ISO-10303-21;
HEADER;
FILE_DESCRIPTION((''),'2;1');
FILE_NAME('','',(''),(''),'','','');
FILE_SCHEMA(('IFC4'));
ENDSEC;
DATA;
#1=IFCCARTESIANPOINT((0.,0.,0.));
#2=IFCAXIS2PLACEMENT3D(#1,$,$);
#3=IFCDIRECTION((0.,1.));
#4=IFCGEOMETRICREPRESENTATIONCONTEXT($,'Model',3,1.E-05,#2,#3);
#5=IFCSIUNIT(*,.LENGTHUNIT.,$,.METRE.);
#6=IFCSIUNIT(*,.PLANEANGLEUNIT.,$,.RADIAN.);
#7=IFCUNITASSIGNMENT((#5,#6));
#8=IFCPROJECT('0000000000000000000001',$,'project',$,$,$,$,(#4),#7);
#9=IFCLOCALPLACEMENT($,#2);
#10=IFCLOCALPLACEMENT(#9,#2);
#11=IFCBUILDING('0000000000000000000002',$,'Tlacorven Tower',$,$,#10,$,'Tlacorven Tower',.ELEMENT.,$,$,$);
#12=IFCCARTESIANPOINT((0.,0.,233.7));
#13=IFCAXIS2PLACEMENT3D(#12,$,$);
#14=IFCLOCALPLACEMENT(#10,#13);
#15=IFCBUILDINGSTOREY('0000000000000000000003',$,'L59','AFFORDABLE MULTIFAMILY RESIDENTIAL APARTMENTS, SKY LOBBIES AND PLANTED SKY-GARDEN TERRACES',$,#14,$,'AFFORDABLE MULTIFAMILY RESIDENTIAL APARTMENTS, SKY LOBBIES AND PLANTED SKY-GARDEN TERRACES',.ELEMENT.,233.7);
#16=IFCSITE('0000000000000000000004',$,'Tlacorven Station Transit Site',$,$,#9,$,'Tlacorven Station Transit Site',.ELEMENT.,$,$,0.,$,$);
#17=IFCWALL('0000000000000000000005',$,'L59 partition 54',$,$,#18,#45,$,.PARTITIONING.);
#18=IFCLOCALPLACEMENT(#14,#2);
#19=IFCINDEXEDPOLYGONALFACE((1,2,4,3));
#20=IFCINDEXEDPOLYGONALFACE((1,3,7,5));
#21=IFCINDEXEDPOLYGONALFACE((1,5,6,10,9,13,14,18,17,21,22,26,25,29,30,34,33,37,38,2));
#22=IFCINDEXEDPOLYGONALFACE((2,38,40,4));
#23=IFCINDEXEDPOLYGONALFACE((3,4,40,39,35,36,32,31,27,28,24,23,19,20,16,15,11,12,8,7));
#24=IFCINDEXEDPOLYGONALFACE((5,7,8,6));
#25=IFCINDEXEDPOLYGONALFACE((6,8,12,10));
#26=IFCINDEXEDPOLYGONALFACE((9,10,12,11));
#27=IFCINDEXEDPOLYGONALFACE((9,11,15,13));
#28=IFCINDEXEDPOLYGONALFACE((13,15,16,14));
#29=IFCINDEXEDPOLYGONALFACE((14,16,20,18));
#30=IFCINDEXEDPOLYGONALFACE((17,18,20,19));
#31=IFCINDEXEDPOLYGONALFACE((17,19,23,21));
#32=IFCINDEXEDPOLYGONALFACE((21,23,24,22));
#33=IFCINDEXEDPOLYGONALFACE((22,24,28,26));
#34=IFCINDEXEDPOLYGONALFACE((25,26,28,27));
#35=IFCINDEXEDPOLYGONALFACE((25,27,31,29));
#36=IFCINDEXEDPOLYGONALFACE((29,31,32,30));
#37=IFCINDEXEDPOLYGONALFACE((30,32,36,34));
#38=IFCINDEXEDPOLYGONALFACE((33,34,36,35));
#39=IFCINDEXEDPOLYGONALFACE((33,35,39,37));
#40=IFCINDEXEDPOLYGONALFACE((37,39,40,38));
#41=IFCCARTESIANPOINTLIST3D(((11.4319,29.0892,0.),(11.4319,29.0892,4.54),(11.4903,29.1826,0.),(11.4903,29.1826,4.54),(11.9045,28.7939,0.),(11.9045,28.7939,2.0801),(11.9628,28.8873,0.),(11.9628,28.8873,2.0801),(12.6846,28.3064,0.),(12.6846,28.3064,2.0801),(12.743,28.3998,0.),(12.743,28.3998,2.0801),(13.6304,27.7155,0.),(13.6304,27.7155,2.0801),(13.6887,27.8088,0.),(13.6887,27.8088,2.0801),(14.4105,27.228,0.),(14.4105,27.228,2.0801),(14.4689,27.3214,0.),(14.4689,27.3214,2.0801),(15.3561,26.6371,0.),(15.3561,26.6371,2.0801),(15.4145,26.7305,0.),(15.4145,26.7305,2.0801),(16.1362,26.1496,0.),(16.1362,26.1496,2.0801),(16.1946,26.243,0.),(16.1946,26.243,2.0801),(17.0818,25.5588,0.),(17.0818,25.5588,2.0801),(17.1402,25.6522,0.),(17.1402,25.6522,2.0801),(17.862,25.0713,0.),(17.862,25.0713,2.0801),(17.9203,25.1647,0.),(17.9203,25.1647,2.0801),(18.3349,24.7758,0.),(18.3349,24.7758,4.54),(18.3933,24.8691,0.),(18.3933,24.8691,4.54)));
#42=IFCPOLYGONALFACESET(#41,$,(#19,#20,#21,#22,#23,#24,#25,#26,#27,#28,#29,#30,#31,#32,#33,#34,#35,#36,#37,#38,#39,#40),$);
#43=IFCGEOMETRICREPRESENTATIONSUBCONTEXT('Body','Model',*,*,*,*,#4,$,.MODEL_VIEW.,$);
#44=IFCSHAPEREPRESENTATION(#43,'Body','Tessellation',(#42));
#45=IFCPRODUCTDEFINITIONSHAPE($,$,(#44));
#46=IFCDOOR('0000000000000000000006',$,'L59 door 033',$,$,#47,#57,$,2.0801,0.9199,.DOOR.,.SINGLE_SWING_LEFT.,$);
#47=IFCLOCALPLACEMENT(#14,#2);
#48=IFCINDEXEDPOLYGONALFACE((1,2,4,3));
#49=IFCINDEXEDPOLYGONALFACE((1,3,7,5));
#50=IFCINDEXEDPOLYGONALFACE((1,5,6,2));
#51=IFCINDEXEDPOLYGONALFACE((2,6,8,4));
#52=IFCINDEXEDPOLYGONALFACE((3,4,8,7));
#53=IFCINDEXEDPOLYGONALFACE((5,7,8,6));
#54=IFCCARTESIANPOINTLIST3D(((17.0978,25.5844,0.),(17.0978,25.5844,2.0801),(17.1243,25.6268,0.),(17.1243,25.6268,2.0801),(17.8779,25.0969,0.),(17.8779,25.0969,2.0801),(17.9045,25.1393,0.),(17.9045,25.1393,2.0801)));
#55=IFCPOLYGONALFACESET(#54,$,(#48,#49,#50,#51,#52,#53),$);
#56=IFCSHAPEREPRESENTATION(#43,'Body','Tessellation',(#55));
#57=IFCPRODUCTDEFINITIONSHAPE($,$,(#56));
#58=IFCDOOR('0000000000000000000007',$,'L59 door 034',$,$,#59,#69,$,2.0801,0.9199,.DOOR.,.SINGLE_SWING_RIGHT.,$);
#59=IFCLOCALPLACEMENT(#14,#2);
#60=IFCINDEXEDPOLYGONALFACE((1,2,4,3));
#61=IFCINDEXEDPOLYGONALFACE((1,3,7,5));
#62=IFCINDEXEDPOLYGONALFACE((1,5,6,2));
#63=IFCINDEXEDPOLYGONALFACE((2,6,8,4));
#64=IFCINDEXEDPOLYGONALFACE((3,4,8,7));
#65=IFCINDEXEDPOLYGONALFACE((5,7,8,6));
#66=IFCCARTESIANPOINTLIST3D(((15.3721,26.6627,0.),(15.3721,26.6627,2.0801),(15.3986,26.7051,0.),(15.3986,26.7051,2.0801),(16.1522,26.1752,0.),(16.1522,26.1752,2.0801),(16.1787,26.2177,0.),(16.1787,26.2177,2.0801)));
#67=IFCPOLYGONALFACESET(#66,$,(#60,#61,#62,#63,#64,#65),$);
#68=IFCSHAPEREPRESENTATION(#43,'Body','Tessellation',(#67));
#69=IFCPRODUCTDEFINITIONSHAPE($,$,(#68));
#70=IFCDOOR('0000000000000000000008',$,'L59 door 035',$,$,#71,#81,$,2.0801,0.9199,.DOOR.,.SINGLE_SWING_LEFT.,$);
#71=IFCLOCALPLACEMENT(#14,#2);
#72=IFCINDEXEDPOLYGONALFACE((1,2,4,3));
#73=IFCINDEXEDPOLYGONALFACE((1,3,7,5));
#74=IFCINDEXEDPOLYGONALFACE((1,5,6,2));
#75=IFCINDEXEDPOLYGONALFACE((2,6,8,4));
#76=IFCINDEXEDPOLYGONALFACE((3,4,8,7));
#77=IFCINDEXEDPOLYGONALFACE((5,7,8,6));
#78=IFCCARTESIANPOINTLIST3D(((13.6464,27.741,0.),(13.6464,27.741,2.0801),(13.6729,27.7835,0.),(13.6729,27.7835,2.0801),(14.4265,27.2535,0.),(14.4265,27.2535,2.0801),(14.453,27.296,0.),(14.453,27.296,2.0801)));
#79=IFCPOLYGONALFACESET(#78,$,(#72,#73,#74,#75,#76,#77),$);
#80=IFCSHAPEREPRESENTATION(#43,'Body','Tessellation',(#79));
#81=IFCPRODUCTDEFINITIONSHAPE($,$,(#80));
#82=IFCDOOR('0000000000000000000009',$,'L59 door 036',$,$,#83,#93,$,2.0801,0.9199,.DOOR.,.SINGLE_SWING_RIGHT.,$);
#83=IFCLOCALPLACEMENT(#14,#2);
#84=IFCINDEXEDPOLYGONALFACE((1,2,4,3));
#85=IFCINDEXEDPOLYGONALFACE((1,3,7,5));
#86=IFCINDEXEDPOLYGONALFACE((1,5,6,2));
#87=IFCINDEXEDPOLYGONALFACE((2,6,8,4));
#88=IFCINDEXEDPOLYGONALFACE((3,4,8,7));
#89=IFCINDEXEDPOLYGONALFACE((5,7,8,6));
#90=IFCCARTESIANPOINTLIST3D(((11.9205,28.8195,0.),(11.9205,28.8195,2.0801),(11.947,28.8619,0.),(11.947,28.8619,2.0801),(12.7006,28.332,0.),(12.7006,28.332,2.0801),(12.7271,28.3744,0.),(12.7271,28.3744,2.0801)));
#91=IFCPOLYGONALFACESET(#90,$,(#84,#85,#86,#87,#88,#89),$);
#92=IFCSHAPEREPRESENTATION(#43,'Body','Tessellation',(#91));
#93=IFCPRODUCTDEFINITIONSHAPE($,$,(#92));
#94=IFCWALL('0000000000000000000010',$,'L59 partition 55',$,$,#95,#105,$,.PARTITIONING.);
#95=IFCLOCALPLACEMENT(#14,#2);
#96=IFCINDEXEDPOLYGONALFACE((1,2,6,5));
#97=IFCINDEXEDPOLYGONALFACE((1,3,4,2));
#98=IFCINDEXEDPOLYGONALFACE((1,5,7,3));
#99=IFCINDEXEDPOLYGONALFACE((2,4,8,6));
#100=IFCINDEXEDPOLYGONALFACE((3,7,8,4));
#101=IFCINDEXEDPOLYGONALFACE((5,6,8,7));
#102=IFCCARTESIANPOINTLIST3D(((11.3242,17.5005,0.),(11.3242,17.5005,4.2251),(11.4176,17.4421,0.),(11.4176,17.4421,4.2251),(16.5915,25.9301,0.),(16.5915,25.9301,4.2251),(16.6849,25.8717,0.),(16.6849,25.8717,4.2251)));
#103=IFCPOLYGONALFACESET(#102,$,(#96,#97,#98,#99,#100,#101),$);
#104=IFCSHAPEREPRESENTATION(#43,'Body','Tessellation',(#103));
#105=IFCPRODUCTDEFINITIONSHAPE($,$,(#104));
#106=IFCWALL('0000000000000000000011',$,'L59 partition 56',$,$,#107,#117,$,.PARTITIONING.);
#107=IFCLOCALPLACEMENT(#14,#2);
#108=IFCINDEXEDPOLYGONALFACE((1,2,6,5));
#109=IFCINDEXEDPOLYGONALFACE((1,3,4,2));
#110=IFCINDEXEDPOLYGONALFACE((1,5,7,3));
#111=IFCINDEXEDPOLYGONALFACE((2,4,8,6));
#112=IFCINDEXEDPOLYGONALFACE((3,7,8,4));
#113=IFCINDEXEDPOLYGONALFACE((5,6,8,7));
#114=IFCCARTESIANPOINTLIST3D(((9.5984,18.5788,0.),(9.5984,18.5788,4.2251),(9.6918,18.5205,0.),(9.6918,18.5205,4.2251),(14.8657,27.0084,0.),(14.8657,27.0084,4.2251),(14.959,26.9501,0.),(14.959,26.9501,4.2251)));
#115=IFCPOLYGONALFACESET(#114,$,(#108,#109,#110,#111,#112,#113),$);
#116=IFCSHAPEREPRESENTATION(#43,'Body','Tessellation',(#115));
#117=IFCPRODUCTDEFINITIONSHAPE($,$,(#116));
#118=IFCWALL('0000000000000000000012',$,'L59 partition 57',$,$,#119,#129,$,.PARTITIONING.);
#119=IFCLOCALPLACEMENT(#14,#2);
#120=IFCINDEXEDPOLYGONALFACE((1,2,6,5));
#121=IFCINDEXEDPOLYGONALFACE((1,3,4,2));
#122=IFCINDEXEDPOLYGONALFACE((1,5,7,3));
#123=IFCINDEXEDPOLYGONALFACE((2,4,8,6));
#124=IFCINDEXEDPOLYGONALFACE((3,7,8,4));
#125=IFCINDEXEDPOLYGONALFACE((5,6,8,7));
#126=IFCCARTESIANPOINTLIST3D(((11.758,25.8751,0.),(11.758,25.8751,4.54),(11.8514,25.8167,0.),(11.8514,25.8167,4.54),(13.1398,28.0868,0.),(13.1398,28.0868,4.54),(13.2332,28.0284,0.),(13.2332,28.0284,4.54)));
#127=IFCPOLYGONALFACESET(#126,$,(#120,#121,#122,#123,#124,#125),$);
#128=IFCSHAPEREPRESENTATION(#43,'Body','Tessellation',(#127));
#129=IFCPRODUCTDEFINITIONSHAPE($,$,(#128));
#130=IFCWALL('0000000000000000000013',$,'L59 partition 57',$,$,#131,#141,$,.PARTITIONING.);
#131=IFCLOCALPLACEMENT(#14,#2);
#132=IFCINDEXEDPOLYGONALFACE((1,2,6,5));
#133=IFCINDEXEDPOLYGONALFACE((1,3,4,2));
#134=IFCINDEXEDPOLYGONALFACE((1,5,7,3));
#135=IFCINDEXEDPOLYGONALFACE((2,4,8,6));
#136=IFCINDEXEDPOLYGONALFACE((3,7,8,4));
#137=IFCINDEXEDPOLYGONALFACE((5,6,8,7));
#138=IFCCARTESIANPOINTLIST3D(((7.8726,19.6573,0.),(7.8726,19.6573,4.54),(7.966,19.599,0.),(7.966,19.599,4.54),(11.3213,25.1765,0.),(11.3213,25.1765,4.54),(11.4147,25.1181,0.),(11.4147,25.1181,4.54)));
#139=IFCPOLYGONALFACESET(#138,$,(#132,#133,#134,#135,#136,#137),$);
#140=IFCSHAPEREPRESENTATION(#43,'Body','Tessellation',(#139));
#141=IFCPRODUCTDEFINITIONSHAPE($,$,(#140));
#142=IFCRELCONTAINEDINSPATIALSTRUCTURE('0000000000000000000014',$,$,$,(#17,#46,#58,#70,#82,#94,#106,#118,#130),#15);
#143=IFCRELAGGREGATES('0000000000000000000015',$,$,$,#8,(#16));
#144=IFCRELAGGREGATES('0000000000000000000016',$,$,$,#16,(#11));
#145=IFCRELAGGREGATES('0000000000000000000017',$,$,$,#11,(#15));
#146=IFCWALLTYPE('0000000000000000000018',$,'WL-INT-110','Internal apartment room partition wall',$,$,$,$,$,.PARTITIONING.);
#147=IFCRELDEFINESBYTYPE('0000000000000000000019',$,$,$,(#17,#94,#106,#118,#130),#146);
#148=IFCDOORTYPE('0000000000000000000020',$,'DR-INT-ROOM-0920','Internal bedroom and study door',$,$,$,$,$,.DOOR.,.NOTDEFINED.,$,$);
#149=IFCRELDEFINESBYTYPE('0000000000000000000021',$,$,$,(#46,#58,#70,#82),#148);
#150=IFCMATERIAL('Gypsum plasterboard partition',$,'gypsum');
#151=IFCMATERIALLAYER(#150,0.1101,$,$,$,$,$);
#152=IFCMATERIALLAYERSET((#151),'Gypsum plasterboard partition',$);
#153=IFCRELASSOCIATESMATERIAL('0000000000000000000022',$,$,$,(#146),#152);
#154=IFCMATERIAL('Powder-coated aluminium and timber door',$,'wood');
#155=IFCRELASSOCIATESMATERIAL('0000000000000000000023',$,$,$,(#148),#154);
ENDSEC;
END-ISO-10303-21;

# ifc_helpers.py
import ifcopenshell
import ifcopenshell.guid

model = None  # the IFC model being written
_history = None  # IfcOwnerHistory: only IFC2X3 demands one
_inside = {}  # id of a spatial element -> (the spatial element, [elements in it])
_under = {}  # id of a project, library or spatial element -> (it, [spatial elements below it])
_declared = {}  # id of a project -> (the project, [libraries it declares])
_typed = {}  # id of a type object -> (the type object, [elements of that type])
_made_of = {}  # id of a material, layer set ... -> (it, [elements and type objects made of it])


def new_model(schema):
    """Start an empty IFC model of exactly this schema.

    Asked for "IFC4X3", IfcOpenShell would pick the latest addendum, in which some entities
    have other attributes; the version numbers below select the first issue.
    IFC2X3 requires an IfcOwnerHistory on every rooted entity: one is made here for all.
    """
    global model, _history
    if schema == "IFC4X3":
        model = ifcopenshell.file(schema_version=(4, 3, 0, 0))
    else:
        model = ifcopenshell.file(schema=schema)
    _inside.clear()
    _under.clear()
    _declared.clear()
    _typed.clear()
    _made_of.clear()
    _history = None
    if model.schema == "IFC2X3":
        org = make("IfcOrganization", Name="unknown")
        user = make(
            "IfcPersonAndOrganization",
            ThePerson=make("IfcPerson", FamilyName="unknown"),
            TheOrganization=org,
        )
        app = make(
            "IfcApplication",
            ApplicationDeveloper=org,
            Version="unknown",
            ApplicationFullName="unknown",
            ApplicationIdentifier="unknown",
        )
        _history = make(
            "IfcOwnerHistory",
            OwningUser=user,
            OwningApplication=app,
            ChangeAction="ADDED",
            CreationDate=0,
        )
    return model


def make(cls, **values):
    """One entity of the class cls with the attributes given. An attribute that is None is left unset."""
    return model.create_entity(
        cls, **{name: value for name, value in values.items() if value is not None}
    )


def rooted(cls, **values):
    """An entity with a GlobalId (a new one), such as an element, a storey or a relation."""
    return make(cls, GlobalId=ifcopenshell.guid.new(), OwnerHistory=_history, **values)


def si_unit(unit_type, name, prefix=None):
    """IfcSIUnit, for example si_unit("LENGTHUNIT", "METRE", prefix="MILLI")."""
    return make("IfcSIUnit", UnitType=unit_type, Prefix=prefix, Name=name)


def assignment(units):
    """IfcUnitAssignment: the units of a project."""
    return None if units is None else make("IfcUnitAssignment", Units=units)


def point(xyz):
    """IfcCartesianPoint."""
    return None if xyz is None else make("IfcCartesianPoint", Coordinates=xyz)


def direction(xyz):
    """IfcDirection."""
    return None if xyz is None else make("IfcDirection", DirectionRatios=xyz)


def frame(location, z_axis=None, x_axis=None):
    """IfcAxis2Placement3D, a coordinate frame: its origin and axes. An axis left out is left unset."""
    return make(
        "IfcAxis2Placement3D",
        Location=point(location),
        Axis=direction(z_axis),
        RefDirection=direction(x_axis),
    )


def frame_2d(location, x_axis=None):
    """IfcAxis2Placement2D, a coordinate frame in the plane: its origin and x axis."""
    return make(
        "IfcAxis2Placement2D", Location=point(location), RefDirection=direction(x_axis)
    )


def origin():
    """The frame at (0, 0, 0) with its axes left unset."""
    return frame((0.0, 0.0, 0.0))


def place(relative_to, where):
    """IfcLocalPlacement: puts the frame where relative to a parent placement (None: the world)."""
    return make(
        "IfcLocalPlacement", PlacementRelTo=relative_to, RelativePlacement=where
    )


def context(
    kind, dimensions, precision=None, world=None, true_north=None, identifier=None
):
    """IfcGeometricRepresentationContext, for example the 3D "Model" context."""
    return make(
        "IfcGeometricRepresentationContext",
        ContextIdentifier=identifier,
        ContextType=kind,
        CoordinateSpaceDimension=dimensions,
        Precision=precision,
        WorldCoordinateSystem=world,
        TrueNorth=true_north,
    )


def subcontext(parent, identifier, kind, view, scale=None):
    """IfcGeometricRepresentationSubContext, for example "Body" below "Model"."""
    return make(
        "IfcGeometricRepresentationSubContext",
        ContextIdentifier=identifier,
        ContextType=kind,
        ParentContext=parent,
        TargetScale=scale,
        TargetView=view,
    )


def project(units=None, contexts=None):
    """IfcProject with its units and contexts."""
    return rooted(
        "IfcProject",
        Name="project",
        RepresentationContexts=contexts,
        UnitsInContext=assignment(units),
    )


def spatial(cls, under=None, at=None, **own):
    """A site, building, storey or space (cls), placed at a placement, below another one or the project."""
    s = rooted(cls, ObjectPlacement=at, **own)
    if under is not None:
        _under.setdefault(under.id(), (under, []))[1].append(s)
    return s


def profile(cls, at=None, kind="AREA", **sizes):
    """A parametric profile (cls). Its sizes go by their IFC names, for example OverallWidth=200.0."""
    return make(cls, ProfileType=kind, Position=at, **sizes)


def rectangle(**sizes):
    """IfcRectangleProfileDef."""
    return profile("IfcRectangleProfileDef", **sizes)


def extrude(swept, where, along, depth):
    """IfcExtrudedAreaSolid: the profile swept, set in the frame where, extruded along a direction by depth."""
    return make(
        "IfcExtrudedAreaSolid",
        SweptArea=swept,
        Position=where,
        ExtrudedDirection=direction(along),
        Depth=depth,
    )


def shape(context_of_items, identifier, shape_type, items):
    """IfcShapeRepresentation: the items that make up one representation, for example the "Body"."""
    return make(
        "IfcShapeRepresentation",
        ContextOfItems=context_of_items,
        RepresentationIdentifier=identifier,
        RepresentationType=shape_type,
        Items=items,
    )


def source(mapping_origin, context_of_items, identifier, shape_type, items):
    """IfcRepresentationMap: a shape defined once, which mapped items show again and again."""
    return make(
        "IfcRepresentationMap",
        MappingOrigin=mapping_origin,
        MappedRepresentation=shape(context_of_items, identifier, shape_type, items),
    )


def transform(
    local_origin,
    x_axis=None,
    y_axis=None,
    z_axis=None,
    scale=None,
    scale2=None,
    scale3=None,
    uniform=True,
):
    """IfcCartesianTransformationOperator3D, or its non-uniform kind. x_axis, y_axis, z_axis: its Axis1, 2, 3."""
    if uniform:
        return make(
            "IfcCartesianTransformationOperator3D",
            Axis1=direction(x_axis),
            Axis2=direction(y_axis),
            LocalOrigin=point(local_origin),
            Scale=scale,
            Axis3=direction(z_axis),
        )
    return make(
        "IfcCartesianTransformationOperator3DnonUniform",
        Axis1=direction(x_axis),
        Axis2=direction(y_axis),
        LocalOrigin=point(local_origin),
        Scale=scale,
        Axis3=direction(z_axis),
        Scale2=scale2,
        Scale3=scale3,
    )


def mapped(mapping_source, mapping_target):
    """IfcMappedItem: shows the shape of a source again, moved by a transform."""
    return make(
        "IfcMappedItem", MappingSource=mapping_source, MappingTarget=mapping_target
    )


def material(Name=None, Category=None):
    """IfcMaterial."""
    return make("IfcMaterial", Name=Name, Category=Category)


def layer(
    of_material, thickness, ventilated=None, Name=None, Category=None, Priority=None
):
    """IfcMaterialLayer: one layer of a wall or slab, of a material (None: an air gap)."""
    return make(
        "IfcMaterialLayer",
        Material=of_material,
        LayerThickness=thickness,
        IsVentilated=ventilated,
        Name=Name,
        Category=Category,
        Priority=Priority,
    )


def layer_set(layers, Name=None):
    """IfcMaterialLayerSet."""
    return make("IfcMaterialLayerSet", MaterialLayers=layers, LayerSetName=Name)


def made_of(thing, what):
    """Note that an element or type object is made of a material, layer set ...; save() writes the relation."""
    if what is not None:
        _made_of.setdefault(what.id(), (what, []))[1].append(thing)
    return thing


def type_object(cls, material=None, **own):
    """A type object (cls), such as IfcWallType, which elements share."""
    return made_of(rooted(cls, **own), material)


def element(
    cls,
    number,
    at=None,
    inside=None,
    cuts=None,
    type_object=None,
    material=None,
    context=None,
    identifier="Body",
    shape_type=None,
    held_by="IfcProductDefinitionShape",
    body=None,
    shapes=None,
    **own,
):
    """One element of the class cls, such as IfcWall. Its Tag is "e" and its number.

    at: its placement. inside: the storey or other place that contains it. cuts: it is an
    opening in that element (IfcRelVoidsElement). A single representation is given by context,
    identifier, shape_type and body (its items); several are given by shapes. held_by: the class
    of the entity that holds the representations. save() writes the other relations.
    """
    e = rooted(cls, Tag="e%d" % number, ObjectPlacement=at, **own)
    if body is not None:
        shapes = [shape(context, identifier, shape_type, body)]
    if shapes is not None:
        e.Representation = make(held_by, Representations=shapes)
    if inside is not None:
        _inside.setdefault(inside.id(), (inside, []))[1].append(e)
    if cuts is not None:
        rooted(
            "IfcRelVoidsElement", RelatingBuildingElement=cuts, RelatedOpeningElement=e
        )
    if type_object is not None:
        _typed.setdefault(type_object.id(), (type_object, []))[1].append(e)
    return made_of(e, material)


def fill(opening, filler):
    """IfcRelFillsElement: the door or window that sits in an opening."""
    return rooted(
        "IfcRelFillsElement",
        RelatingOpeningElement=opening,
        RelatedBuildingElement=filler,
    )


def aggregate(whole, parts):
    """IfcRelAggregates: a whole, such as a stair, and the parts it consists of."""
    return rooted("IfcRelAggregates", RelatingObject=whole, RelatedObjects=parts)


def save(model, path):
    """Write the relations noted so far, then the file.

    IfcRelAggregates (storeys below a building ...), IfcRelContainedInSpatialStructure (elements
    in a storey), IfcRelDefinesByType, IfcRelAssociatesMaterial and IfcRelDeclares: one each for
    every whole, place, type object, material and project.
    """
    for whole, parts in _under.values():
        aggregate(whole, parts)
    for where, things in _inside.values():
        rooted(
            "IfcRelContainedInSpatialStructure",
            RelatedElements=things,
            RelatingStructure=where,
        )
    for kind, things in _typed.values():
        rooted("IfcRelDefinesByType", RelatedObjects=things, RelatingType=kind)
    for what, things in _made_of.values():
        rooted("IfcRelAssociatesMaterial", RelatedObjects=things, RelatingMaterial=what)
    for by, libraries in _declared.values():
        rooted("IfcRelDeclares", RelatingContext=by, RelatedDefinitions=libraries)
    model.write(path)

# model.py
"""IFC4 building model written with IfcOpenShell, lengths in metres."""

from ifc_helpers import new_model, si_unit, direction, frame, frame_2d, origin, place, context, subcontext, project, spatial, rectangle, extrude, source, transform, mapped, material, layer, layer_set, type_object, element, fill, save


model = new_model("IFC4")

# Units and contexts
model_context = context("Model", 3, precision=1e-05, world=origin(), true_north=direction((0.0, 1.0)))
body_context = subcontext(model_context, "Body", "Model", "MODEL_VIEW")
ifc_project = project(units=[si_unit("LENGTHUNIT", "METRE"), si_unit("PLANEANGLEUNIT", "RADIAN")], contexts=[model_context])

# Site, building, storey
site_placement = place(None, origin())
site = spatial("IfcSite", under=ifc_project, at=site_placement, Name="Tlacorven Station Transit Site", LongName="Tlacorven Station Transit Site", CompositionType="ELEMENT", RefElevation=0.0)
building_placement = place(site_placement, origin())
building = spatial("IfcBuilding", under=site, at=building_placement, Name="Tlacorven Tower", LongName="Tlacorven Tower", CompositionType="ELEMENT")
storey_placement = place(building_placement, frame((0.0, 0.0, 233.7)))
storey = spatial("IfcBuildingStorey", under=building, at=storey_placement, Name="L59", Description="AFFORDABLE MULTIFAMILY RESIDENTIAL APARTMENTS, SKY LOBBIES AND PLANTED SKY-GARDEN TERRACES", LongName="AFFORDABLE MULTIFAMILY RESIDENTIAL APARTMENTS, SKY LOBBIES AND PLANTED SKY-GARDEN TERRACES", CompositionType="ELEMENT", Elevation=233.7)

# Wall, openings, doors
ifc_material_1 = material(Name="Gypsum plasterboard partition", Category="gypsum")
ifc_layer_1 = layer(ifc_material_1, 0.1101)
ifc_layer_set_1 = layer_set([ifc_layer_1], Name="Gypsum plasterboard partition")
wall_type_1 = type_object("IfcWallType", Name="WL-INT-110", Description="Internal apartment room partition wall", PredefinedType="PARTITIONING", material=ifc_layer_set_1)
wall_1_placement = place(storey_placement, frame((18.364, 24.8225, 0.0), z_axis=(0.0, 0.0, 1.0), x_axis=(-0.848051, 0.529915, 0.0)))
wall_1 = element("IfcWall", 1, at=wall_1_placement, inside=storey, type_object=wall_type_1, Name="L59 partition 54", PredefinedType="PARTITIONING", context=body_context, shape_type="SweptSolid", body=[
    extrude(rectangle(XDim=8.1399, YDim=0.1101, at=frame_2d((4.0698, 0.0))), origin(), (0.0, 0.0, 1.0), 4.54),
])
opening_1_placement = place(wall_1_placement, frame((0.5576, 0.0, 0.0)))
opening_1 = element("IfcOpeningElement", 2, at=opening_1_placement, cuts=wall_1, PredefinedType="OPENING", context=body_context, shape_type="SweptSolid", body=[
    extrude(rectangle(XDim=0.9199, YDim=2.0801, at=frame_2d((0.46, 1.04))), frame((0.0, 0.0649, 0.0), z_axis=(0.0, -1.0, 0.0), x_axis=(1.0, 0.0, 0.0)), (0.0, 0.0, 1.0), 0.1301),
])
opening_2_placement = place(wall_1_placement, frame((2.5925, 0.0, 0.0)))
opening_2 = element("IfcOpeningElement", 3, at=opening_2_placement, cuts=wall_1, PredefinedType="OPENING", context=body_context, shape_type="SweptSolid", body=[
    extrude(rectangle(XDim=0.9199, YDim=2.0801, at=frame_2d((0.46, 1.04))), frame((0.0, 0.0649, 0.0), z_axis=(0.0, -1.0, 0.0), x_axis=(1.0, 0.0, 0.0)), (0.0, 0.0, 1.0), 0.1301),
])
opening_3_placement = place(wall_1_placement, frame((4.6274, 0.0, 0.0)))
opening_3 = element("IfcOpeningElement", 4, at=opening_3_placement, cuts=wall_1, PredefinedType="OPENING", context=body_context, shape_type="SweptSolid", body=[
    extrude(rectangle(XDim=0.9199, YDim=2.0801, at=frame_2d((0.46, 1.04))), frame((0.0, 0.0649, 0.0), z_axis=(0.0, -1.0, 0.0), x_axis=(1.0, 0.0, 0.0)), (0.0, 0.0, 1.0), 0.1301),
])
opening_4_placement = place(wall_1_placement, frame((6.6626, 0.0, 0.0)))
opening_4 = element("IfcOpeningElement", 5, at=opening_4_placement, cuts=wall_1, PredefinedType="OPENING", context=body_context, shape_type="SweptSolid", body=[
    extrude(rectangle(XDim=0.9199, YDim=2.0801, at=frame_2d((0.46, 1.04))), frame((0.0, 0.0649, 0.0), z_axis=(0.0, -1.0, 0.0), x_axis=(1.0, 0.0, 0.0)), (0.0, 0.0, 1.0), 0.1301),
])
ifc_material_2 = material(Name="Powder-coated aluminium and timber door", Category="wood")
door_type_1 = type_object("IfcDoorType", Name="DR-INT-ROOM-0920", Description="Internal bedroom and study door", OperationType="NOTDEFINED", PredefinedType="DOOR", material=ifc_material_2)
shared_shape_1 = source(origin(), body_context, "Body", "SweptSolid", [
    extrude(rectangle(XDim=0.9199, YDim=2.0801, at=frame_2d((0.46, 1.04))), frame((0.0, 0.0249, 0.0), z_axis=(0.0, -1.0, 0.0), x_axis=(1.0, 0.0, 0.0)), (0.0, 0.0, 1.0), 0.05),
])
door_1_placement = place(opening_1_placement, origin())
door_1 = element("IfcDoor", 6, at=door_1_placement, inside=storey, type_object=door_type_1, Name="L59 door 033", OperationType="SINGLE_SWING_LEFT", OverallHeight=2.0801, OverallWidth=0.9199, PredefinedType="DOOR", context=body_context, shape_type="MappedRepresentation", body=[
    mapped(shared_shape_1, transform((0.0, 0.0, 0.0), scale=1.0)),
])
fill(opening_1, door_1)
door_2_placement = place(opening_2_placement, origin())
door_2 = element("IfcDoor", 7, at=door_2_placement, inside=storey, type_object=door_type_1, Name="L59 door 034", OperationType="SINGLE_SWING_RIGHT", OverallHeight=2.0801, OverallWidth=0.9199, PredefinedType="DOOR", context=body_context, shape_type="MappedRepresentation", body=[
    mapped(shared_shape_1, transform((0.0, 0.0, 0.0), scale=1.0)),
])
fill(opening_2, door_2)
door_3_placement = place(opening_3_placement, origin())
door_3 = element("IfcDoor", 8, at=door_3_placement, inside=storey, type_object=door_type_1, Name="L59 door 035", OperationType="SINGLE_SWING_LEFT", OverallHeight=2.0801, OverallWidth=0.9199, PredefinedType="DOOR", context=body_context, shape_type="MappedRepresentation", body=[
    mapped(shared_shape_1, transform((0.0, 0.0, 0.0), scale=1.0)),
])
fill(opening_3, door_3)
door_4_placement = place(opening_4_placement, origin())
door_4 = element("IfcDoor", 9, at=door_4_placement, inside=storey, type_object=door_type_1, Name="L59 door 036", OperationType="SINGLE_SWING_RIGHT", OverallHeight=2.0801, OverallWidth=0.9199, PredefinedType="DOOR", context=body_context, shape_type="MappedRepresentation", body=[
    mapped(shared_shape_1, transform((0.0, 0.0, 0.0), scale=1.0)),
])
fill(opening_4, door_4)

# Walls
for number, where, z_axis, x_axis, name in (
    (10, (16.6382, 25.9009, 0.0), (0.0, 0.0, 1.0), (-0.529911, -0.848053, 0.0), "L59 partition 55"),
    (11, (14.9124, 26.9792, 0.0), (0.0, 0.0, 1.0), (-0.529911, -0.848053, 0.0), "L59 partition 56"),
):
    element("IfcWall", number, at=place(storey_placement, frame(where, z_axis=z_axis, x_axis=x_axis)), inside=storey, type_object=wall_type_1, Name=name, PredefinedType="PARTITIONING", context=body_context, shape_type="SweptSolid", body=[
        extrude(rectangle(XDim=9.9399, YDim=0.1101, at=frame_2d((4.97, 0.0))), origin(), (0.0, 0.0, 1.0), 4.2251),
    ])
wall_2_placement = place(storey_placement, frame((13.1865, 28.0576, 0.0), z_axis=(0.0, 0.0, 1.0), x_axis=(-0.529873, -0.848077, 0.0)))
element("IfcWall", 12, at=wall_2_placement, inside=storey, type_object=wall_type_1, Name="L59 partition 57", PredefinedType="PARTITIONING", context=body_context, shape_type="SweptSolid", body=[
    extrude(rectangle(XDim=2.6079, YDim=0.1101, at=frame_2d((1.304, 0.0))), origin(), (0.0, 0.0, 1.0), 4.54),
])
wall_3_placement = place(storey_placement, frame((11.3679, 25.1472, 0.0), z_axis=(0.0, 0.0, 1.0), x_axis=(-0.529908, -0.848055, 0.0)))
element("IfcWall", 13, at=wall_3_placement, inside=storey, type_object=wall_type_1, Name="L59 partition 57", PredefinedType="PARTITIONING", context=body_context, shape_type="SweptSolid", body=[
    extrude(rectangle(XDim=6.5081, YDim=0.1101, at=frame_2d((3.2539, 0.0))), origin(), (0.0, 0.0, 1.0), 4.54),
])

save(model, "model.ifc")
